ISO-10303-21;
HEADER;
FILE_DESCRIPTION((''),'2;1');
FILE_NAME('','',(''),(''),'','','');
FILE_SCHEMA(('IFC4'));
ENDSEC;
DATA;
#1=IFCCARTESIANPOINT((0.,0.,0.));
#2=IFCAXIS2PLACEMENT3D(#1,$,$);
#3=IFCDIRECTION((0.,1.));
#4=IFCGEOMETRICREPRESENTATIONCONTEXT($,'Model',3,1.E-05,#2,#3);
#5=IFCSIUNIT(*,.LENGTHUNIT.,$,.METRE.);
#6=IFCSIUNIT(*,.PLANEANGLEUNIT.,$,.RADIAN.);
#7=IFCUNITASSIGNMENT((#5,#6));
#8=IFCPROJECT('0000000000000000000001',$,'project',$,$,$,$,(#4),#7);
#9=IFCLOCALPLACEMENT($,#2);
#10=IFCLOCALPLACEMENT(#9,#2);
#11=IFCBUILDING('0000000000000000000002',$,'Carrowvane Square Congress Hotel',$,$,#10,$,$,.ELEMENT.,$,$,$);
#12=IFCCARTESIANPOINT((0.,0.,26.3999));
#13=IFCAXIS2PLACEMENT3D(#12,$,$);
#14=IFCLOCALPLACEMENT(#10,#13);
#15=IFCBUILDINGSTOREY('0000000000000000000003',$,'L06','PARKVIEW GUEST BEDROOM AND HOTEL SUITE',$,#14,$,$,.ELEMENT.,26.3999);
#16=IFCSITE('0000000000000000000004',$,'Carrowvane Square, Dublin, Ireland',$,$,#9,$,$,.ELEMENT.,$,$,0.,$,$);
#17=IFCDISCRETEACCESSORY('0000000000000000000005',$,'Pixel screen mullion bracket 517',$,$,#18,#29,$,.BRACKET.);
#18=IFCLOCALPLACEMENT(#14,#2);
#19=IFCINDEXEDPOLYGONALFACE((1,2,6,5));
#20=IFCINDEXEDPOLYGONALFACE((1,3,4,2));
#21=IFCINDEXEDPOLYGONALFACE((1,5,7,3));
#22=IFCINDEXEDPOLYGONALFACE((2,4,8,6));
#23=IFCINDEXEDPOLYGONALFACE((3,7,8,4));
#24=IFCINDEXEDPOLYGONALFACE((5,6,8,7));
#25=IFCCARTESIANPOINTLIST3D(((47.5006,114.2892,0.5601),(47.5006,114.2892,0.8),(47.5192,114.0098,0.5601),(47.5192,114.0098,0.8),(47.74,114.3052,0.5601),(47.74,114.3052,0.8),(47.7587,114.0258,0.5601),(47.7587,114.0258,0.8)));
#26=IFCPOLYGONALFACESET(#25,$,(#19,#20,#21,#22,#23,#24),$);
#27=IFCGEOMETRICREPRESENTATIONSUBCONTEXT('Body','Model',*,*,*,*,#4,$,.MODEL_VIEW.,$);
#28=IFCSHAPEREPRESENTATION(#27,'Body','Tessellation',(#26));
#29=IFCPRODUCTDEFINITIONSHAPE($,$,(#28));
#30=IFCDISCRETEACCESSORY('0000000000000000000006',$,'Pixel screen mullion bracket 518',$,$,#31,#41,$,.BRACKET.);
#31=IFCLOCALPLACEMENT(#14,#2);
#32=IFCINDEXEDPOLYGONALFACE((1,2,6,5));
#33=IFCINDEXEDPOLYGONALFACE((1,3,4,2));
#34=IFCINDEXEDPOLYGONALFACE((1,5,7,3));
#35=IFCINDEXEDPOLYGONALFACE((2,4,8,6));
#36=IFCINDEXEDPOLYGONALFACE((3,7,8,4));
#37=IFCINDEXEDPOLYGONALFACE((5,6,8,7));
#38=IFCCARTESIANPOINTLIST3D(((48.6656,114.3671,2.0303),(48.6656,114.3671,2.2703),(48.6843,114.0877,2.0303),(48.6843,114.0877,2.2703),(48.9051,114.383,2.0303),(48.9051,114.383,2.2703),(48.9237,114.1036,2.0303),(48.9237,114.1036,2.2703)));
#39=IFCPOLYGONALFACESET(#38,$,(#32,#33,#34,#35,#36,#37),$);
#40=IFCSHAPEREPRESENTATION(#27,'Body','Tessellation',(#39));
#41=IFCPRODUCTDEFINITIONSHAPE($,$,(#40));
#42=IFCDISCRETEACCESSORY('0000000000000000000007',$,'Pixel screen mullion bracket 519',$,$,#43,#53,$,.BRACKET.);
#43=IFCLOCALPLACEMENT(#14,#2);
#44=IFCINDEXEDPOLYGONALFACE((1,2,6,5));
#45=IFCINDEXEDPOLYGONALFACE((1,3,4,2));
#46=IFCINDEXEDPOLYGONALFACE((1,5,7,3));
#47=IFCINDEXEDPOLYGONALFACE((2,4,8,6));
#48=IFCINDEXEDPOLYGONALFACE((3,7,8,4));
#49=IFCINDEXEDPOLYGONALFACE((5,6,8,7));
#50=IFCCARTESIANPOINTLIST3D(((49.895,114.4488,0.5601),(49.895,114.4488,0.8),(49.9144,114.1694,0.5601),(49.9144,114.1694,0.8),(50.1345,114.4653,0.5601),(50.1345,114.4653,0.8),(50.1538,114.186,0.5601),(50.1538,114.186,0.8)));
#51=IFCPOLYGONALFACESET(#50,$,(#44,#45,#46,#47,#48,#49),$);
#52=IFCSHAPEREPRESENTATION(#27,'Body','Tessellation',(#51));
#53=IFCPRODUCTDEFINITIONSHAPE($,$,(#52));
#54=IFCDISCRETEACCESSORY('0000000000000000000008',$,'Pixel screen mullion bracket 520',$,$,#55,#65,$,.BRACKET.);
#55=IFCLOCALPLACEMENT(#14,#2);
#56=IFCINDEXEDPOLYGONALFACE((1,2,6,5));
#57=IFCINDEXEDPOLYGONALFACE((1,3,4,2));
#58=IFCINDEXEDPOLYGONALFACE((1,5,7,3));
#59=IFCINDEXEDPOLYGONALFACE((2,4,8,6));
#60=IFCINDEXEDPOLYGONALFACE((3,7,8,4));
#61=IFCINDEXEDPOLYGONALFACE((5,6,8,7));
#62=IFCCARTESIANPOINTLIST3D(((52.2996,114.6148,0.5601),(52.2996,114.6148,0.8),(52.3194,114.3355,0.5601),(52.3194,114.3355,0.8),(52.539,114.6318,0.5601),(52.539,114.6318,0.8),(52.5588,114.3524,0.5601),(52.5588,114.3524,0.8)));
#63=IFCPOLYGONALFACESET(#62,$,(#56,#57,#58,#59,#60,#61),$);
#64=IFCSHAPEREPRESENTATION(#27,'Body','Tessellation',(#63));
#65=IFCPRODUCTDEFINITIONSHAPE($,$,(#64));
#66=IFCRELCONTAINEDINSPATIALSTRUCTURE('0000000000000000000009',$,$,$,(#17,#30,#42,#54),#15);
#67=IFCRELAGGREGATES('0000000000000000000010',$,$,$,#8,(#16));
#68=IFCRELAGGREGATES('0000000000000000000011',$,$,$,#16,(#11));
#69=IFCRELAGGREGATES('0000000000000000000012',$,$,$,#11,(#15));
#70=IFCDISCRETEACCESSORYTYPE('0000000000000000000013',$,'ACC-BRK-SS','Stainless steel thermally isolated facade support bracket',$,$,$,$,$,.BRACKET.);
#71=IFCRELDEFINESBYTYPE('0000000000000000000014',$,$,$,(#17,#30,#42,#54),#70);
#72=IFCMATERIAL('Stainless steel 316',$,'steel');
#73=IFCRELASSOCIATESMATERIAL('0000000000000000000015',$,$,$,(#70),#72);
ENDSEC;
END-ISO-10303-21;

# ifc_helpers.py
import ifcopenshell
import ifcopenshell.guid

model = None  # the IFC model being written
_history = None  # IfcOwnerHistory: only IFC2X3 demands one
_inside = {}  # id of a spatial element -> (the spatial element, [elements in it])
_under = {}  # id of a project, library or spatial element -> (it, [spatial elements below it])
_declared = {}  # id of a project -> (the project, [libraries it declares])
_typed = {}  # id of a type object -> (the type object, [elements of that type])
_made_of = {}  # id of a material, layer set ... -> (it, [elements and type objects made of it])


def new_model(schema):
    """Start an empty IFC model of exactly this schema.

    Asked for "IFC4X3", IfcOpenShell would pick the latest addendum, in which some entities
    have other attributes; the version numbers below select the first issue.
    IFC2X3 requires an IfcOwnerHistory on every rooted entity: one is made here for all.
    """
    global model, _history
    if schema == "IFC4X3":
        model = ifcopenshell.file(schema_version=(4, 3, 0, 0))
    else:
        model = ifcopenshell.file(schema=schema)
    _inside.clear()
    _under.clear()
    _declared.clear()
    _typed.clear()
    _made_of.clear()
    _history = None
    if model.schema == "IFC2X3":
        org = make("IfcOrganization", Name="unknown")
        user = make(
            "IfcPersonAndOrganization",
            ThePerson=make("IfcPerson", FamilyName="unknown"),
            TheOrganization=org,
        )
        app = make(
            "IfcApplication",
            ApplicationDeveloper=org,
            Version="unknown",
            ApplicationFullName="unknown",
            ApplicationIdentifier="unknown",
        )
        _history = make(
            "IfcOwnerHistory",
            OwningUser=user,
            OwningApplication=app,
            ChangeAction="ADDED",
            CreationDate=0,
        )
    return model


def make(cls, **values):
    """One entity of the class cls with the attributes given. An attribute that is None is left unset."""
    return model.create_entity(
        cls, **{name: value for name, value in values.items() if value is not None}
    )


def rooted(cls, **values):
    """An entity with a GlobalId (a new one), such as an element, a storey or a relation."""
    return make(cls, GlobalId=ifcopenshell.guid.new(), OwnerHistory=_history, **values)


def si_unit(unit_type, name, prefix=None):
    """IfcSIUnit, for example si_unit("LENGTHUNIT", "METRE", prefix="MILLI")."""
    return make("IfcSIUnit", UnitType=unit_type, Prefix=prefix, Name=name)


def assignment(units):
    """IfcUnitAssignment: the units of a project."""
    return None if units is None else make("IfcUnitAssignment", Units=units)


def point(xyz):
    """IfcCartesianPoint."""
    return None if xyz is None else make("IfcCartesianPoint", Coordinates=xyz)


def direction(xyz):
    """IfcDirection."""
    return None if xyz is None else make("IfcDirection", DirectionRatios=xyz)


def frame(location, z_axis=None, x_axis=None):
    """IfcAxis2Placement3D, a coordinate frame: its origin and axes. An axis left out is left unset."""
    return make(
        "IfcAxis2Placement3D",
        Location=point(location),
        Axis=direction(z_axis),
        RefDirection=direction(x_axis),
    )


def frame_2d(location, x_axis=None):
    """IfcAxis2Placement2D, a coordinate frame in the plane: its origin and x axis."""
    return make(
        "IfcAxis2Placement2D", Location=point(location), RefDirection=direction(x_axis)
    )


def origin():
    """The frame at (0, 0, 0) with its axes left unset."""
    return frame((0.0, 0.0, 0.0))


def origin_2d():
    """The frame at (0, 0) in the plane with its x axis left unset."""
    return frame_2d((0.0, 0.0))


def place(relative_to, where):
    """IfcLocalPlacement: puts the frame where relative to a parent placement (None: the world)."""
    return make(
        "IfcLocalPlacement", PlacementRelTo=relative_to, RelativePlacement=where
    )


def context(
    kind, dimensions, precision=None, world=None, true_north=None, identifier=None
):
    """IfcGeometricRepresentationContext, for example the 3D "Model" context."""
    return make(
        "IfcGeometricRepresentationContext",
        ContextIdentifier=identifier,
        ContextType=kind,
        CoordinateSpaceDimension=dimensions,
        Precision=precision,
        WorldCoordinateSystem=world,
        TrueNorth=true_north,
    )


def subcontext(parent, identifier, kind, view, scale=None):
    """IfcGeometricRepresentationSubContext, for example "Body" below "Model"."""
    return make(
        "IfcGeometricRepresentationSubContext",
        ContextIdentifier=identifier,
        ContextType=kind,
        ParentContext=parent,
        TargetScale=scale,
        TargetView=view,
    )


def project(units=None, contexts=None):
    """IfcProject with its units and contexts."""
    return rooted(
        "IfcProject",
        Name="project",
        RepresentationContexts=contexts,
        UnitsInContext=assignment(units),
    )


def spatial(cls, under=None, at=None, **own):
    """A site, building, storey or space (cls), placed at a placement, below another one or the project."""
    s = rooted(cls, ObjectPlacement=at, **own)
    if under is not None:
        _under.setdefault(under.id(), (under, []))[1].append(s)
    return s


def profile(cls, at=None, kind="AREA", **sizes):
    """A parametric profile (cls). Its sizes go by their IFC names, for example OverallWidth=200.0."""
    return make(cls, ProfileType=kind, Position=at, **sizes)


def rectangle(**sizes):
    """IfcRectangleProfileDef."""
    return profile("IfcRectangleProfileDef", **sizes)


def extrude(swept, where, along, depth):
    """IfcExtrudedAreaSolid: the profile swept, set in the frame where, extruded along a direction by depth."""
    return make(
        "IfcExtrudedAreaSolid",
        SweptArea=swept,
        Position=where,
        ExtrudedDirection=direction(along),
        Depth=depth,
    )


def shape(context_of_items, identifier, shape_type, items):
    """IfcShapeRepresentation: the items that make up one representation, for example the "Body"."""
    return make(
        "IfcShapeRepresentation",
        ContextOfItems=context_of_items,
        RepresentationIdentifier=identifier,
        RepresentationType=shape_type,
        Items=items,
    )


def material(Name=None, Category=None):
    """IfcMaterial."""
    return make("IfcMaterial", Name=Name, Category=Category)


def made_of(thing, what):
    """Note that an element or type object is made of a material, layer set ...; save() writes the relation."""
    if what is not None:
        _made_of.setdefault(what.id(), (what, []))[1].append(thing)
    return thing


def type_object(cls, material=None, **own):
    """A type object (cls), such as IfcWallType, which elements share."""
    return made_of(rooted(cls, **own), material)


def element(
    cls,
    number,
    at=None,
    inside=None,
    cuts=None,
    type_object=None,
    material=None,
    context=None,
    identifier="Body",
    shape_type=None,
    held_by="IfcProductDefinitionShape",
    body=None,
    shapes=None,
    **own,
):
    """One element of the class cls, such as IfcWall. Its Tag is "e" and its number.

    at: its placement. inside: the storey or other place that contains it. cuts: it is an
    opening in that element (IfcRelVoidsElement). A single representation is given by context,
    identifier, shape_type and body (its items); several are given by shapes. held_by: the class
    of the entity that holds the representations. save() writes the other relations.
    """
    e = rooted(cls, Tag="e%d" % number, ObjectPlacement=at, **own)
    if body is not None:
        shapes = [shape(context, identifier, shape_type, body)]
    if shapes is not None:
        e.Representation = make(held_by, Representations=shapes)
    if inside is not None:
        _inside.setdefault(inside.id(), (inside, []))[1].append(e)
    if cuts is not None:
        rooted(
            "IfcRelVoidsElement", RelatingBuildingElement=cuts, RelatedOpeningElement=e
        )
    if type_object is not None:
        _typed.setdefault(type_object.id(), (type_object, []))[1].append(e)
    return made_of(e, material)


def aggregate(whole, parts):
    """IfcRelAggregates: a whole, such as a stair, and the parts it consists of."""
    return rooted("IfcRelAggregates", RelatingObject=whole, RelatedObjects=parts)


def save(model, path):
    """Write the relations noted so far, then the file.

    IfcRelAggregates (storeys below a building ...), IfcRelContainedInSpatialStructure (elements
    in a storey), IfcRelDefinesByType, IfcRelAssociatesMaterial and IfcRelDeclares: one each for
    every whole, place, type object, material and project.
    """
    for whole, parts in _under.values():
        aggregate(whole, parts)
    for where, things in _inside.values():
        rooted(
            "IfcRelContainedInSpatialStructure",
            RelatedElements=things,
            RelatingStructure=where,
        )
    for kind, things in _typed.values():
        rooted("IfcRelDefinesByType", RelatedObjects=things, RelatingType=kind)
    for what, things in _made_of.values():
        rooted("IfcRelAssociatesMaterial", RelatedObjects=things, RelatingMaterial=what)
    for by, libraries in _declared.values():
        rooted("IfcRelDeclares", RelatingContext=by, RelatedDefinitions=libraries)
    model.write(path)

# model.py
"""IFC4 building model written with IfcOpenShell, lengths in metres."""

from ifc_helpers import new_model, si_unit, direction, frame, origin, origin_2d, place, context, subcontext, project, spatial, rectangle, extrude, material, type_object, element, save


model = new_model("IFC4")

# Units and contexts
model_context = context("Model", 3, precision=1e-05, world=origin(), true_north=direction((0.0, 1.0)))
body_context = subcontext(model_context, "Body", "Model", "MODEL_VIEW")
ifc_project = project(units=[si_unit("LENGTHUNIT", "METRE"), si_unit("PLANEANGLEUNIT", "RADIAN")], contexts=[model_context])

# Site, building, storey
site_placement = place(None, origin())
site = spatial("IfcSite", under=ifc_project, at=site_placement, Name="Carrowvane Square, Dublin, Ireland", CompositionType="ELEMENT", RefElevation=0.0)
building_placement = place(site_placement, origin())
building = spatial("IfcBuilding", under=site, at=building_placement, Name="Carrowvane Square Congress Hotel", CompositionType="ELEMENT")
storey_placement = place(building_placement, frame((0.0, 0.0, 26.3999)))
storey = spatial("IfcBuildingStorey", under=building, at=storey_placement, Name="L06", Description="PARKVIEW GUEST BEDROOM AND HOTEL SUITE", CompositionType="ELEMENT", Elevation=26.3999)

# Discrete accessories
ifc_material_1 = material(Name="Stainless steel 316", Category="steel")
discrete_accessory_type = type_object("IfcDiscreteAccessoryType", Name="ACC-BRK-SS", Description="Stainless steel thermally isolated facade support bracket", PredefinedType="BRACKET", material=ifc_material_1)
for number, where, z_axis, x_axis, name in (
    (1, (47.6296, 114.1575, 0.5601), (0.0, 0.0, 1.0), (0.997781, 0.066574, 0.0), "Pixel screen mullion bracket 517"),
    (2, (48.7947, 114.2354, 2.0303), (0.0, 0.0, 1.0), (0.997781, 0.066574, 0.0), "Pixel screen mullion bracket 518"),
    (3, (50.0244, 114.3174, 0.5601), (0.0, 0.0, 1.0), (0.997618, 0.068987, 0.0), "Pixel screen mullion bracket 519"),
    (4, (52.4292, 114.4836, 0.5601), (0.0, 0.0, 1.0), (0.997506, 0.070585, 0.0), "Pixel screen mullion bracket 520"),
):
    element("IfcDiscreteAccessory", number, at=place(storey_placement, frame(where, z_axis=z_axis, x_axis=x_axis)), inside=storey, type_object=discrete_accessory_type, Name=name, PredefinedType="BRACKET", context=body_context, shape_type="SweptSolid", body=[
        extrude(rectangle(XDim=0.24, YDim=0.28, at=origin_2d()), origin(), (0.0, 0.0, 1.0), 0.24),
    ])

save(model, "model.ifc")
